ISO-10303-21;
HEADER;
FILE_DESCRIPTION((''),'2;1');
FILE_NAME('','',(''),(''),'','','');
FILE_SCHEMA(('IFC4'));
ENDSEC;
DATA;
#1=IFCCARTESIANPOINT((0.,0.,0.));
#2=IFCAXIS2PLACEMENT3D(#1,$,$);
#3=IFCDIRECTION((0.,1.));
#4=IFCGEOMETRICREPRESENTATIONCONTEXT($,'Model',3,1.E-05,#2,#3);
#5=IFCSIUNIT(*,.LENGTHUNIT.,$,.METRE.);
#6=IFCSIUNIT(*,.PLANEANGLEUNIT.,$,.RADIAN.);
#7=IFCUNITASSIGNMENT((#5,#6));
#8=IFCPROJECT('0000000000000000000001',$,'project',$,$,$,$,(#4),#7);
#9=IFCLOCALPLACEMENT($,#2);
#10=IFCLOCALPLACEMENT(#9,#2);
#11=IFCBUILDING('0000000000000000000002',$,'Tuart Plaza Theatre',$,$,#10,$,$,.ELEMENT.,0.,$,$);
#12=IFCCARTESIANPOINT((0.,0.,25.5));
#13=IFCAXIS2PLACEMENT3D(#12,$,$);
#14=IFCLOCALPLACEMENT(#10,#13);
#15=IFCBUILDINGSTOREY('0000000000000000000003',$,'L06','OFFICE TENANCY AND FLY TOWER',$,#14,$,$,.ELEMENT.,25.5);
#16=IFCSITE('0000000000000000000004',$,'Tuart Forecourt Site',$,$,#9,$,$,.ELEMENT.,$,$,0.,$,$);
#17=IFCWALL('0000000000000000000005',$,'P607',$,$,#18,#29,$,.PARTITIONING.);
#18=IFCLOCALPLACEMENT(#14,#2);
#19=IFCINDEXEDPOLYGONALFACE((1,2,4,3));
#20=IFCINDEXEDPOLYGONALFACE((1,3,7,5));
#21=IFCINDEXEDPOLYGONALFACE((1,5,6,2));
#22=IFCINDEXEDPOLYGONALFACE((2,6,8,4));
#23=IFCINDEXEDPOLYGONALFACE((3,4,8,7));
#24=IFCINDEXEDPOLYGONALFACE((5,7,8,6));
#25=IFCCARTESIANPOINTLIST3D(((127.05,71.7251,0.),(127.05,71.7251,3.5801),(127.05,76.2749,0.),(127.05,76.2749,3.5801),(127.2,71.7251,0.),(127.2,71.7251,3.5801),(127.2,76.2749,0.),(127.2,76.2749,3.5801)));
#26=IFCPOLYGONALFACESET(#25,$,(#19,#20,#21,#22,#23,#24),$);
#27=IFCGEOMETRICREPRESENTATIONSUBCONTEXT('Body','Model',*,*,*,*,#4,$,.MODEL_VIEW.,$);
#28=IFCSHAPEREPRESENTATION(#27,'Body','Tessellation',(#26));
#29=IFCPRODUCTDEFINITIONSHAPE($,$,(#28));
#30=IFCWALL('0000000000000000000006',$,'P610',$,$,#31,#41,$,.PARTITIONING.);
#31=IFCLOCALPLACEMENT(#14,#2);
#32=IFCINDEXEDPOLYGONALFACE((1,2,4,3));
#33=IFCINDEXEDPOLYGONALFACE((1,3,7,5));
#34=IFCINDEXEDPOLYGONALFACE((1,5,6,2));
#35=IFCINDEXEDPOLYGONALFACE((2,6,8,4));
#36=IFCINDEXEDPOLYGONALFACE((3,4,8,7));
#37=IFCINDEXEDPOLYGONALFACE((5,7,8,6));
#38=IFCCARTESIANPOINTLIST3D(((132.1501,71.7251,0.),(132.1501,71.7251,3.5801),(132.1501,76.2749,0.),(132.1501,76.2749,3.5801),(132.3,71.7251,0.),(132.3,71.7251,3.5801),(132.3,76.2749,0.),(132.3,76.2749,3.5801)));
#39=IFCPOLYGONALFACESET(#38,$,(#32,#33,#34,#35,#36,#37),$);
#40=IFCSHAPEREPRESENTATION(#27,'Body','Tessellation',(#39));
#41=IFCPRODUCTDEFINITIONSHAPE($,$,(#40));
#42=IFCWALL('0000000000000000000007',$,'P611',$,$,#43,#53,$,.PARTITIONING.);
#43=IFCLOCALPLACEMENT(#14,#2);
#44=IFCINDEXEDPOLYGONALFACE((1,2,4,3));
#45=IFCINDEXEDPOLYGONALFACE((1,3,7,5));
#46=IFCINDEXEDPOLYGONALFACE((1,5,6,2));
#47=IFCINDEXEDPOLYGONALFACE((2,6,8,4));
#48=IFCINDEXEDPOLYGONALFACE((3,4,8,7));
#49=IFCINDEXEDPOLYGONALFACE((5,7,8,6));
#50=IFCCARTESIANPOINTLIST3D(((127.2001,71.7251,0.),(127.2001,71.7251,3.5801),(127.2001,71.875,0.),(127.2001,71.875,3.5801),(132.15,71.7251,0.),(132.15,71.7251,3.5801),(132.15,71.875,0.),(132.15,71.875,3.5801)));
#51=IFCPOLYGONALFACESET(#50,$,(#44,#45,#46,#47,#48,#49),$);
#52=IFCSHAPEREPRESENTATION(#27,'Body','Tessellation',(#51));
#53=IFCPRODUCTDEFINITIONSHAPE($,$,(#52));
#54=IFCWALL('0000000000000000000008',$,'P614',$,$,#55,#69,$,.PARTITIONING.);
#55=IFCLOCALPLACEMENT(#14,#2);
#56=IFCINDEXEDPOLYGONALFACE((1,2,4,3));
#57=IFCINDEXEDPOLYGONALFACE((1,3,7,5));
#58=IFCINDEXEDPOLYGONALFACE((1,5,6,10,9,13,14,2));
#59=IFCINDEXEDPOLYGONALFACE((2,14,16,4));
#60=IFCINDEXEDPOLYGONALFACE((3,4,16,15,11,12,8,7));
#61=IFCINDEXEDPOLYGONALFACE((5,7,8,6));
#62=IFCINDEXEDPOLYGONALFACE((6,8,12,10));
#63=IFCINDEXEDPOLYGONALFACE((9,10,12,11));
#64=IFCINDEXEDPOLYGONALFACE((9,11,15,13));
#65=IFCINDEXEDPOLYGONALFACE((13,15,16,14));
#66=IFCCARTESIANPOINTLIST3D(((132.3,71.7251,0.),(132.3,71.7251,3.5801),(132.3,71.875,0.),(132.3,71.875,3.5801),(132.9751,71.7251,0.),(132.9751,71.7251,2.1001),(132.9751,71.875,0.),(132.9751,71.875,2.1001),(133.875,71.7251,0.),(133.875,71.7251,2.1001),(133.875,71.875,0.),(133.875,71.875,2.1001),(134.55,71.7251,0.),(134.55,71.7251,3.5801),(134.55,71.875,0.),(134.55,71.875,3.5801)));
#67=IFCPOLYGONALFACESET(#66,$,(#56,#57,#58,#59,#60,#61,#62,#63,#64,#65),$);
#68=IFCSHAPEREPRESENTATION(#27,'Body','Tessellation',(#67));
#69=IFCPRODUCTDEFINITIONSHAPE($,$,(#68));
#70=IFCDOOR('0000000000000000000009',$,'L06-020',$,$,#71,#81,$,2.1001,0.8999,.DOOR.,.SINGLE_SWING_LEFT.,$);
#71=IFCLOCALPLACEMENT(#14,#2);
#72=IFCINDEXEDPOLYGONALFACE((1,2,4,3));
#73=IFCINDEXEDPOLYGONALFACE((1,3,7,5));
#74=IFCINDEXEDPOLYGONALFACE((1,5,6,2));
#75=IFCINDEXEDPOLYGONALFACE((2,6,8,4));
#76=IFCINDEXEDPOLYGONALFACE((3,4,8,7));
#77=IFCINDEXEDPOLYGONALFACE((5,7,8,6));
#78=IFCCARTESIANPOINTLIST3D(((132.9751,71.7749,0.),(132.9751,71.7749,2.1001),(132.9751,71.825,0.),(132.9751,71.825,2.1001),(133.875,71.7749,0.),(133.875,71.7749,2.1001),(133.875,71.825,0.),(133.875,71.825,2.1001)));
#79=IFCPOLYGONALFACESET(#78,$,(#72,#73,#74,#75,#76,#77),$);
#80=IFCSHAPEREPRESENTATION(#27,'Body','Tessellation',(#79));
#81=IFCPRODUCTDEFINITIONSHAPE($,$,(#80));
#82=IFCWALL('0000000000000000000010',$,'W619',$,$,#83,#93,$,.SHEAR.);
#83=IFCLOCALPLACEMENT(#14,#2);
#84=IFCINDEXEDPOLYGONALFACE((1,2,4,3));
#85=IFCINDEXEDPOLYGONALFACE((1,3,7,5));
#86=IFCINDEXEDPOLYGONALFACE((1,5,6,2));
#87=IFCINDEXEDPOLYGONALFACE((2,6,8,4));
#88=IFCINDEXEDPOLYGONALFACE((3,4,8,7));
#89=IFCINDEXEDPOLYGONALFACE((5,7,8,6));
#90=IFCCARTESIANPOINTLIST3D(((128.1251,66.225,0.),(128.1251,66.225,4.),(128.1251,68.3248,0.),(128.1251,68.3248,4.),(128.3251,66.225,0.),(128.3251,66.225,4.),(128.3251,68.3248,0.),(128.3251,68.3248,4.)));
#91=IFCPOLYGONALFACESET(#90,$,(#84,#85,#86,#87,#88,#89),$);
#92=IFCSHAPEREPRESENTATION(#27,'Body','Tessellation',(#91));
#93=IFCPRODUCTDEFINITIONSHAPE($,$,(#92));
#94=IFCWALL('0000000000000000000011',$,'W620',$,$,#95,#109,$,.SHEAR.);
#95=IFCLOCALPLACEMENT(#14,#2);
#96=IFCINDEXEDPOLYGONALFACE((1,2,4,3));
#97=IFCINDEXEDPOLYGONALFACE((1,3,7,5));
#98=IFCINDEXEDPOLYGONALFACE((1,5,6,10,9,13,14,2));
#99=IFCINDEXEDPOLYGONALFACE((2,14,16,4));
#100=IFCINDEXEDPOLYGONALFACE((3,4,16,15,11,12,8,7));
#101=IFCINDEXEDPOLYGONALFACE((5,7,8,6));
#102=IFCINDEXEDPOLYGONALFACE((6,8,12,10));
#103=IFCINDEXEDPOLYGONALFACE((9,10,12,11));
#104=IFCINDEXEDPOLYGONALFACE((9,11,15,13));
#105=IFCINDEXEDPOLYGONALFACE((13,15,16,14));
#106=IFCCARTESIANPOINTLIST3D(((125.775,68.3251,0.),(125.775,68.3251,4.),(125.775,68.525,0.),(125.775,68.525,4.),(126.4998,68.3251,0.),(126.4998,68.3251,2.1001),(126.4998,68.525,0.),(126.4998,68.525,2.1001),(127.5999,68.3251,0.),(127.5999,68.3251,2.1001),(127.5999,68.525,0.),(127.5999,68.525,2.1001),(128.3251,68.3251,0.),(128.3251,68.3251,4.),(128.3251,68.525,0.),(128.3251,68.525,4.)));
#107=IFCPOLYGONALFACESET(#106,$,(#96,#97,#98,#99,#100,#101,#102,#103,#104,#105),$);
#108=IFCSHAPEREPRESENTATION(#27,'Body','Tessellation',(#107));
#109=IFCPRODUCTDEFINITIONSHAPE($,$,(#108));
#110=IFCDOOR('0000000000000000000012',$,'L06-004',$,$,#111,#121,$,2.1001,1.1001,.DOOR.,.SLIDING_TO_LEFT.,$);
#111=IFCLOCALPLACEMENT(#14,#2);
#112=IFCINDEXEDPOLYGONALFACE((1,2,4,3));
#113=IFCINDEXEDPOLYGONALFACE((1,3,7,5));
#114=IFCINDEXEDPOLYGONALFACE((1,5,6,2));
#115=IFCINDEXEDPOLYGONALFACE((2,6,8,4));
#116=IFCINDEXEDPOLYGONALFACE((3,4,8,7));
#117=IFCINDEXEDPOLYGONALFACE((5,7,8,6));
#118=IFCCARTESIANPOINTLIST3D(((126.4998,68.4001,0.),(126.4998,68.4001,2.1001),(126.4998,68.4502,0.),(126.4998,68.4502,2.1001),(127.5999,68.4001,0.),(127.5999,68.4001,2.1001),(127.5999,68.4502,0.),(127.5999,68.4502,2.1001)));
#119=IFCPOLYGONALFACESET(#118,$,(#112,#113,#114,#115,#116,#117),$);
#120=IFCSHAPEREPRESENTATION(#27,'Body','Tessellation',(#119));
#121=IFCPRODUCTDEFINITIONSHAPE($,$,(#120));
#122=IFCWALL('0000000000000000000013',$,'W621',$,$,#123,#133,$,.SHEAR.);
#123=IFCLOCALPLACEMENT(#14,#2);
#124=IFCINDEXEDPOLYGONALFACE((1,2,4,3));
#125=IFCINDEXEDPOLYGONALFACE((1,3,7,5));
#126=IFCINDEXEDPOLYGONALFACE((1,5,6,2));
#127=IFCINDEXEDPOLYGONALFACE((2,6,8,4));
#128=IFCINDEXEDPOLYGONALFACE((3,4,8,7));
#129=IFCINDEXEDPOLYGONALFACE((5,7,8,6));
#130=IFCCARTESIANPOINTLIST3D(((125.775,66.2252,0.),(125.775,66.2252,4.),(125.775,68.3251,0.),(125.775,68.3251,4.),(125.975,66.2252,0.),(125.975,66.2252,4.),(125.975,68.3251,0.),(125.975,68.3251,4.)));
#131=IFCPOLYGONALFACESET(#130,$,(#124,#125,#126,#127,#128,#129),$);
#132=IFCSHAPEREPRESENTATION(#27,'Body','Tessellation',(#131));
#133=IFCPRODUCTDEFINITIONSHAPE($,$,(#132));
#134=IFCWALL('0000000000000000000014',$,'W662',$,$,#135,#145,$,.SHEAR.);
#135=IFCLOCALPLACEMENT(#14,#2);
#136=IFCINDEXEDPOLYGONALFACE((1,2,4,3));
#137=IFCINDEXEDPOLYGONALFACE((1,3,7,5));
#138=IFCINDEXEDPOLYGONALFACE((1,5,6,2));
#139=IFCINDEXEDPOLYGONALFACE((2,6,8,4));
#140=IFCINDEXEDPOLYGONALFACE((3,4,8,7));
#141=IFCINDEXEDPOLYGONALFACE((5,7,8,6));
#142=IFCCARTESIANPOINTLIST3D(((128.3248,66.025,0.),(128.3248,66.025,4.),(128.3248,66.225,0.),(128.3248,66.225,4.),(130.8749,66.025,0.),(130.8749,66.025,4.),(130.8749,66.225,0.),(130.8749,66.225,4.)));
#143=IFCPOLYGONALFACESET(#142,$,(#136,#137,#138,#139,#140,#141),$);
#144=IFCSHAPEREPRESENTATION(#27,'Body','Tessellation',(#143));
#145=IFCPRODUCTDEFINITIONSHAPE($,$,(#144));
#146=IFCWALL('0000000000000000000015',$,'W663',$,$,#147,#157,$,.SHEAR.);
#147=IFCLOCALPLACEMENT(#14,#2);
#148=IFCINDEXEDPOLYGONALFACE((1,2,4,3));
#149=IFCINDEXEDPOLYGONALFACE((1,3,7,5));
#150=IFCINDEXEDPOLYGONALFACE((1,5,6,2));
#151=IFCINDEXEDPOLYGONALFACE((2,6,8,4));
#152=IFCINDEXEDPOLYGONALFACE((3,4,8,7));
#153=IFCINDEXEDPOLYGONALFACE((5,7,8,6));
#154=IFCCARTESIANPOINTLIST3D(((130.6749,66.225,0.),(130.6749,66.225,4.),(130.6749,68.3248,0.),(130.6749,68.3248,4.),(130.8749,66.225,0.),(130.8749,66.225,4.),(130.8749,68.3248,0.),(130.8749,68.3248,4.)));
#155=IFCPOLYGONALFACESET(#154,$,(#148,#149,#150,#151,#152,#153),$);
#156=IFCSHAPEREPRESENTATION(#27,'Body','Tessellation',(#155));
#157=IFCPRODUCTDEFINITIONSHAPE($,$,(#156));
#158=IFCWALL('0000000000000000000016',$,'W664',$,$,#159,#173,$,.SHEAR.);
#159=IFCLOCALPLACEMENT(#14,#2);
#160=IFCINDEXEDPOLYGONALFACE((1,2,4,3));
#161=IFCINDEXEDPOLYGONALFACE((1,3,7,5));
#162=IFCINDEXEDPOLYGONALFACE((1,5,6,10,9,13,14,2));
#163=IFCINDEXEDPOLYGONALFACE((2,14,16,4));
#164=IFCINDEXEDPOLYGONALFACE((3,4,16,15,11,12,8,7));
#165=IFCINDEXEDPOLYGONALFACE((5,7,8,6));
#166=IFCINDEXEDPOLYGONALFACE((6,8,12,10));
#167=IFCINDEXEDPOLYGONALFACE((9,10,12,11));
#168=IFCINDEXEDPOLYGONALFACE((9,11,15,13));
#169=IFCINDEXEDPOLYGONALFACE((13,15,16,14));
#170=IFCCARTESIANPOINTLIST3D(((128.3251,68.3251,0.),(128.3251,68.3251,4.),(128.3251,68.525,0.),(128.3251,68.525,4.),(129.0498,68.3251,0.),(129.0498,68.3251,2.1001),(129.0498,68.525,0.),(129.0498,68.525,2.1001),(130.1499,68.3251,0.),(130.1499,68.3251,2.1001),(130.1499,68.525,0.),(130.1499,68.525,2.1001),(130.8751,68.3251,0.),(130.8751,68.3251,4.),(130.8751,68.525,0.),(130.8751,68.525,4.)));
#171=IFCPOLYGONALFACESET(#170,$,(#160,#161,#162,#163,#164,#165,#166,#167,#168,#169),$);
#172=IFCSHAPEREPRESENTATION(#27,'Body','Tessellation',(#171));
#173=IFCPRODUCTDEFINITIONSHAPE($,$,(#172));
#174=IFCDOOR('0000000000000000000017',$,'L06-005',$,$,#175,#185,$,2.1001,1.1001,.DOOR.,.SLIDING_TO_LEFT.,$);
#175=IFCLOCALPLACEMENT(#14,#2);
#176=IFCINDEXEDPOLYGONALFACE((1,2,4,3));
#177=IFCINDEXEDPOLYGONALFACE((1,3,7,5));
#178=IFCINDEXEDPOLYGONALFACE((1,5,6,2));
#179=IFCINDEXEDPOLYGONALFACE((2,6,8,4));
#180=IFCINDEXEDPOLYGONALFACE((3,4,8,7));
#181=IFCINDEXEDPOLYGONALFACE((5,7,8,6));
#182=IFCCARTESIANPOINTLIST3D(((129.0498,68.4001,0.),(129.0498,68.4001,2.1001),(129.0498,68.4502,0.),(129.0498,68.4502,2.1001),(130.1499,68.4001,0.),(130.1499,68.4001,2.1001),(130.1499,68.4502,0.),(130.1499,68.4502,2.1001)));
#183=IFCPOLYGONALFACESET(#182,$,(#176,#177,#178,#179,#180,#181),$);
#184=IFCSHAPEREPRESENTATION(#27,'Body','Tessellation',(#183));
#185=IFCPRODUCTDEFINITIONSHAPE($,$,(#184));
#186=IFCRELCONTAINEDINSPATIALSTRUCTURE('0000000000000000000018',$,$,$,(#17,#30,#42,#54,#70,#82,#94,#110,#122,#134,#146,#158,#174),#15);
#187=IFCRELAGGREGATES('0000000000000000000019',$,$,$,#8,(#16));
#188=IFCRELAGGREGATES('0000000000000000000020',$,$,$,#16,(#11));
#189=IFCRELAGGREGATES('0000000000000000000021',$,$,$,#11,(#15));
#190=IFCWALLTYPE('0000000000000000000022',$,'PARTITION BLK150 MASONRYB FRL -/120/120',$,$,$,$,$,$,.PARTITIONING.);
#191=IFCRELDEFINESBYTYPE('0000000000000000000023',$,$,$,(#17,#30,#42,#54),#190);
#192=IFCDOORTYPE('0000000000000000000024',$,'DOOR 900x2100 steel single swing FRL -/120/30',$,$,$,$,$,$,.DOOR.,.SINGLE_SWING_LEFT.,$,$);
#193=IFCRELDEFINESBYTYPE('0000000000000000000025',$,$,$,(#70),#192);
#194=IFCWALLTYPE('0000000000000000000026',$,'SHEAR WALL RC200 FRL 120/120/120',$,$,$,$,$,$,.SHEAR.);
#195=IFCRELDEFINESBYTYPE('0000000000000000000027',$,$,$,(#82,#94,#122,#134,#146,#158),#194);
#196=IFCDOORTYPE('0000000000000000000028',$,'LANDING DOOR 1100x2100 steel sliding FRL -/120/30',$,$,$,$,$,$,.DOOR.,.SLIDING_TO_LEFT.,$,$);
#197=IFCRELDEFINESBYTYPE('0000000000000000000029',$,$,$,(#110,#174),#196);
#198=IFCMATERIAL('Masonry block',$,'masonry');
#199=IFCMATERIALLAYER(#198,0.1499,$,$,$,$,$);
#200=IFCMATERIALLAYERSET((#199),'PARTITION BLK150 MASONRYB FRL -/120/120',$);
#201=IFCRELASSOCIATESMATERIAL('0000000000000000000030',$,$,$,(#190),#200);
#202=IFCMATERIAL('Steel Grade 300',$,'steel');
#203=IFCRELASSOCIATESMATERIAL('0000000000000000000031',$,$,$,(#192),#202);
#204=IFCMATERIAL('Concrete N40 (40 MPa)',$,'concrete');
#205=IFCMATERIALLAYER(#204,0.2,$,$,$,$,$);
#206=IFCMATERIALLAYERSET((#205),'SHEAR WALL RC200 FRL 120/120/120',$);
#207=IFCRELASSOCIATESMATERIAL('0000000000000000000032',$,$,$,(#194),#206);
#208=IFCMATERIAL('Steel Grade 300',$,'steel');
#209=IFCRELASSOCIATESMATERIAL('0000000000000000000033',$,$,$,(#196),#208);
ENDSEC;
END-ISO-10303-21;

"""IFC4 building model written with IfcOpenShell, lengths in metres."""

from ifc_helpers import new_model, si_unit, direction, frame, frame_2d, origin, place, context, subcontext, project, spatial, rectangle, extrude, material, layer, layer_set, type_object, element, fill, save


model = new_model("IFC4")

# Units and contexts
model_context = context("Model", 3, precision=1e-05, world=origin(), true_north=direction((0.0, 1.0)))
body_context = subcontext(model_context, "Body", "Model", "MODEL_VIEW")
ifc_project = project(units=[si_unit("LENGTHUNIT", "METRE"), si_unit("PLANEANGLEUNIT", "RADIAN")], contexts=[model_context])

# Site, building, storey
site_placement = place(None, origin())
site = spatial("IfcSite", under=ifc_project, at=site_placement, Name="Tuart Forecourt Site", CompositionType="ELEMENT", RefElevation=0.0)
building_placement = place(site_placement, origin())
building = spatial("IfcBuilding", under=site, at=building_placement, Name="Tuart Plaza Theatre", CompositionType="ELEMENT", ElevationOfRefHeight=0.0)
storey_placement = place(building_placement, frame((0.0, 0.0, 25.5)))
storey = spatial("IfcBuildingStorey", under=building, at=storey_placement, Name="L06", Description="OFFICE TENANCY AND FLY TOWER", CompositionType="ELEMENT", Elevation=25.5)

# Walls
ifc_material_1 = material(Name="Masonry block", Category="masonry")
ifc_layer_1 = layer(ifc_material_1, 0.1499)
ifc_layer_set_1 = layer_set([ifc_layer_1], Name="PARTITION BLK150 MASONRYB FRL -/120/120")
wall_type_1 = type_object("IfcWallType", Name="PARTITION BLK150 MASONRYB FRL -/120/120", PredefinedType="PARTITIONING", material=ifc_layer_set_1)
for number, where, z_axis, x_axis, name in (
    (1, (127.125, 71.7251, 0.0), (0.0, 0.0, 1.0), (0.0, 1.0, 0.0), "P607"),
    (2, (132.2251, 71.7251, 0.0), (0.0, 0.0, 1.0), (0.0, 1.0, 0.0), "P610"),
):
    element("IfcWall", number, at=place(storey_placement, frame(where, z_axis=z_axis, x_axis=x_axis)), inside=storey, type_object=wall_type_1, Name=name, PredefinedType="PARTITIONING", context=body_context, shape_type="SweptSolid", body=[
        extrude(rectangle(XDim=4.5498, YDim=0.1499, at=frame_2d((2.2749, 0.0))), origin(), (0.0, 0.0, 1.0), 3.5801),
    ])
wall_1_placement = place(storey_placement, frame((127.2, 71.8, 0.0), z_axis=(0.0, 0.0, 1.0), x_axis=(1.0, 0.0, 0.0)))
element("IfcWall", 3, at=wall_1_placement, inside=storey, type_object=wall_type_1, Name="P611", PredefinedType="PARTITIONING", context=body_context, shape_type="SweptSolid", body=[
    extrude(rectangle(XDim=4.95, YDim=0.1499, at=frame_2d((2.4751, 0.0))), origin(), (0.0, 0.0, 1.0), 3.5801),
])

# Wall, opening, door
wall_2_placement = place(storey_placement, frame((132.3, 71.8, 0.0), z_axis=(0.0, 0.0, 1.0), x_axis=(1.0, 0.0, 0.0)))
wall_2 = element("IfcWall", 4, at=wall_2_placement, inside=storey, type_object=wall_type_1, Name="P614", PredefinedType="PARTITIONING", context=body_context, shape_type="SweptSolid", body=[
    extrude(rectangle(XDim=2.25, YDim=0.1499, at=frame_2d((1.125, 0.0))), origin(), (0.0, 0.0, 1.0), 3.5801),
])
opening_1_placement = place(wall_2_placement, frame((0.675, 0.0, 0.0)))
opening_1 = element("IfcOpeningElement", 5, at=opening_1_placement, cuts=wall_2, PredefinedType="OPENING", context=body_context, shape_type="SweptSolid", body=[
    extrude(rectangle(XDim=0.8999, YDim=2.1001, at=frame_2d((0.45, 1.05))), frame((0.0, 0.085, 0.0), z_axis=(0.0, -1.0, 0.0), x_axis=(1.0, 0.0, 0.0)), (0.0, 0.0, 1.0), 0.1699),
])
ifc_material_2 = material(Name="Steel Grade 300", Category="steel")
door_type_1 = type_object("IfcDoorType", Name="DOOR 900x2100 steel single swing FRL -/120/30", OperationType="SINGLE_SWING_LEFT", PredefinedType="DOOR", material=ifc_material_2)
door_1_placement = place(opening_1_placement, origin())
door_1 = element("IfcDoor", 6, at=door_1_placement, inside=storey, type_object=door_type_1, Name="L06-020", OperationType="SINGLE_SWING_LEFT", OverallHeight=2.1001, OverallWidth=0.8999, PredefinedType="DOOR", context=body_context, shape_type="SweptSolid", body=[
    extrude(rectangle(XDim=0.8999, YDim=2.1001, at=frame_2d((0.45, 1.05))), frame((0.0, 0.0249, 0.0), z_axis=(0.0, -1.0, 0.0), x_axis=(1.0, 0.0, 0.0)), (0.0, 0.0, 1.0), 0.05),
])
fill(opening_1, door_1)

# Wall
ifc_material_3 = material(Name="Concrete N40 (40 MPa)", Category="concrete")
ifc_layer_2 = layer(ifc_material_3, 0.2)
ifc_layer_set_2 = layer_set([ifc_layer_2], Name="SHEAR WALL RC200 FRL 120/120/120")
wall_type_2 = type_object("IfcWallType", Name="SHEAR WALL RC200 FRL 120/120/120", PredefinedType="SHEAR", material=ifc_layer_set_2)
wall_3_placement = place(storey_placement, frame((128.2251, 66.2251, 0.0), z_axis=(0.0, 0.0, 1.0), x_axis=(0.0, 1.0, 0.0)))
element("IfcWall", 7, at=wall_3_placement, inside=storey, type_object=wall_type_2, Name="W619", PredefinedType="SHEAR", context=body_context, shape_type="SweptSolid", body=[
    extrude(rectangle(XDim=2.0999, YDim=0.2, at=frame_2d((1.0498, 0.0))), origin(), (0.0, 0.0, 1.0), 4.0),
])

# Wall, opening, door
wall_4_placement = place(storey_placement, frame((128.325, 68.425, 0.0), z_axis=(0.0, 0.0, 1.0), x_axis=(-1.0, 0.0, 0.0)))
wall_4 = element("IfcWall", 8, at=wall_4_placement, inside=storey, type_object=wall_type_2, Name="W620", PredefinedType="SHEAR", context=body_context, shape_type="SweptSolid", body=[
    extrude(rectangle(XDim=2.55, YDim=0.2, at=frame_2d((1.2749, 0.0))), origin(), (0.0, 0.0, 1.0), 4.0),
])
opening_2_placement = place(wall_4_placement, frame((0.7251, 0.0, 0.0)))
opening_2 = element("IfcOpeningElement", 9, at=opening_2_placement, cuts=wall_4, PredefinedType="OPENING", context=body_context, shape_type="SweptSolid", body=[
    extrude(rectangle(XDim=1.1001, YDim=2.1001, at=frame_2d((0.55, 1.05))), frame((0.0, 0.1099, 0.0), z_axis=(0.0, -1.0, 0.0), x_axis=(1.0, 0.0, 0.0)), (0.0, 0.0, 1.0), 0.22),
])
ifc_material_4 = material(Name="Steel Grade 300", Category="steel")
door_type_2 = type_object("IfcDoorType", Name="LANDING DOOR 1100x2100 steel sliding FRL -/120/30", OperationType="SLIDING_TO_LEFT", PredefinedType="DOOR", material=ifc_material_4)
door_2_placement = place(opening_2_placement, origin())
door_2 = element("IfcDoor", 10, at=door_2_placement, inside=storey, type_object=door_type_2, Name="L06-004", OperationType="SLIDING_TO_LEFT", OverallHeight=2.1001, OverallWidth=1.1001, PredefinedType="DOOR", context=body_context, shape_type="SweptSolid", body=[
    extrude(rectangle(XDim=1.1001, YDim=2.1001, at=frame_2d((0.55, 1.05))), frame((0.0, 0.0249, 0.0), z_axis=(0.0, -1.0, 0.0), x_axis=(1.0, 0.0, 0.0)), (0.0, 0.0, 1.0), 0.05),
])
fill(opening_2, door_2)

# Walls
wall_5_placement = place(storey_placement, frame((125.875, 68.325, 0.0), z_axis=(0.0, 0.0, 1.0), x_axis=(0.0, -1.0, 0.0)))
element("IfcWall", 11, at=wall_5_placement, inside=storey, type_object=wall_type_2, Name="W621", PredefinedType="SHEAR", context=body_context, shape_type="SweptSolid", body=[
    extrude(rectangle(XDim=2.0999, YDim=0.2, at=frame_2d((1.0498, 0.0))), origin(), (0.0, 0.0, 1.0), 4.0),
])
wall_6_placement = place(storey_placement, frame((128.325, 66.125, 0.0), z_axis=(0.0, 0.0, 1.0), x_axis=(1.0, 0.0, 0.0)))
element("IfcWall", 12, at=wall_6_placement, inside=storey, type_object=wall_type_2, Name="W662", PredefinedType="SHEAR", context=body_context, shape_type="SweptSolid", body=[
    extrude(rectangle(XDim=2.55, YDim=0.2, at=frame_2d((1.2749, 0.0))), origin(), (0.0, 0.0, 1.0), 4.0),
])
wall_7_placement = place(storey_placement, frame((130.7749, 66.2251, 0.0), z_axis=(0.0, 0.0, 1.0), x_axis=(0.0, 1.0, 0.0)))
element("IfcWall", 13, at=wall_7_placement, inside=storey, type_object=wall_type_2, Name="W663", PredefinedType="SHEAR", context=body_context, shape_type="SweptSolid", body=[
    extrude(rectangle(XDim=2.0999, YDim=0.2, at=frame_2d((1.0498, 0.0))), origin(), (0.0, 0.0, 1.0), 4.0),
])

# Wall, opening, door
wall_8_placement = place(storey_placement, frame((130.875, 68.425, 0.0), z_axis=(0.0, 0.0, 1.0), x_axis=(-1.0, 0.0, 0.0)))
wall_8 = element("IfcWall", 14, at=wall_8_placement, inside=storey, type_object=wall_type_2, Name="W664", PredefinedType="SHEAR", context=body_context, shape_type="SweptSolid", body=[
    extrude(rectangle(XDim=2.55, YDim=0.2, at=frame_2d((1.2749, 0.0))), origin(), (0.0, 0.0, 1.0), 4.0),
])
opening_3_placement = place(wall_8_placement, frame((0.7251, 0.0, 0.0)))
opening_3 = element("IfcOpeningElement", 15, at=opening_3_placement, cuts=wall_8, PredefinedType="OPENING", context=body_context, shape_type="SweptSolid", body=[
    extrude(rectangle(XDim=1.1001, YDim=2.1001, at=frame_2d((0.55, 1.05))), frame((0.0, 0.1099, 0.0), z_axis=(0.0, -1.0, 0.0), x_axis=(1.0, 0.0, 0.0)), (0.0, 0.0, 1.0), 0.22),
])
door_3_placement = place(opening_3_placement, origin())
door_3 = element("IfcDoor", 16, at=door_3_placement, inside=storey, type_object=door_type_2, Name="L06-005", OperationType="SLIDING_TO_LEFT", OverallHeight=2.1001, OverallWidth=1.1001, PredefinedType="DOOR", context=body_context, shape_type="SweptSolid", body=[
    extrude(rectangle(XDim=1.1001, YDim=2.1001, at=frame_2d((0.55, 1.05))), frame((0.0, 0.0249, 0.0), z_axis=(0.0, -1.0, 0.0), x_axis=(1.0, 0.0, 0.0)), (0.0, 0.0, 1.0), 0.05),
])
fill(opening_3, door_3)

save(model, "model.ifc")
